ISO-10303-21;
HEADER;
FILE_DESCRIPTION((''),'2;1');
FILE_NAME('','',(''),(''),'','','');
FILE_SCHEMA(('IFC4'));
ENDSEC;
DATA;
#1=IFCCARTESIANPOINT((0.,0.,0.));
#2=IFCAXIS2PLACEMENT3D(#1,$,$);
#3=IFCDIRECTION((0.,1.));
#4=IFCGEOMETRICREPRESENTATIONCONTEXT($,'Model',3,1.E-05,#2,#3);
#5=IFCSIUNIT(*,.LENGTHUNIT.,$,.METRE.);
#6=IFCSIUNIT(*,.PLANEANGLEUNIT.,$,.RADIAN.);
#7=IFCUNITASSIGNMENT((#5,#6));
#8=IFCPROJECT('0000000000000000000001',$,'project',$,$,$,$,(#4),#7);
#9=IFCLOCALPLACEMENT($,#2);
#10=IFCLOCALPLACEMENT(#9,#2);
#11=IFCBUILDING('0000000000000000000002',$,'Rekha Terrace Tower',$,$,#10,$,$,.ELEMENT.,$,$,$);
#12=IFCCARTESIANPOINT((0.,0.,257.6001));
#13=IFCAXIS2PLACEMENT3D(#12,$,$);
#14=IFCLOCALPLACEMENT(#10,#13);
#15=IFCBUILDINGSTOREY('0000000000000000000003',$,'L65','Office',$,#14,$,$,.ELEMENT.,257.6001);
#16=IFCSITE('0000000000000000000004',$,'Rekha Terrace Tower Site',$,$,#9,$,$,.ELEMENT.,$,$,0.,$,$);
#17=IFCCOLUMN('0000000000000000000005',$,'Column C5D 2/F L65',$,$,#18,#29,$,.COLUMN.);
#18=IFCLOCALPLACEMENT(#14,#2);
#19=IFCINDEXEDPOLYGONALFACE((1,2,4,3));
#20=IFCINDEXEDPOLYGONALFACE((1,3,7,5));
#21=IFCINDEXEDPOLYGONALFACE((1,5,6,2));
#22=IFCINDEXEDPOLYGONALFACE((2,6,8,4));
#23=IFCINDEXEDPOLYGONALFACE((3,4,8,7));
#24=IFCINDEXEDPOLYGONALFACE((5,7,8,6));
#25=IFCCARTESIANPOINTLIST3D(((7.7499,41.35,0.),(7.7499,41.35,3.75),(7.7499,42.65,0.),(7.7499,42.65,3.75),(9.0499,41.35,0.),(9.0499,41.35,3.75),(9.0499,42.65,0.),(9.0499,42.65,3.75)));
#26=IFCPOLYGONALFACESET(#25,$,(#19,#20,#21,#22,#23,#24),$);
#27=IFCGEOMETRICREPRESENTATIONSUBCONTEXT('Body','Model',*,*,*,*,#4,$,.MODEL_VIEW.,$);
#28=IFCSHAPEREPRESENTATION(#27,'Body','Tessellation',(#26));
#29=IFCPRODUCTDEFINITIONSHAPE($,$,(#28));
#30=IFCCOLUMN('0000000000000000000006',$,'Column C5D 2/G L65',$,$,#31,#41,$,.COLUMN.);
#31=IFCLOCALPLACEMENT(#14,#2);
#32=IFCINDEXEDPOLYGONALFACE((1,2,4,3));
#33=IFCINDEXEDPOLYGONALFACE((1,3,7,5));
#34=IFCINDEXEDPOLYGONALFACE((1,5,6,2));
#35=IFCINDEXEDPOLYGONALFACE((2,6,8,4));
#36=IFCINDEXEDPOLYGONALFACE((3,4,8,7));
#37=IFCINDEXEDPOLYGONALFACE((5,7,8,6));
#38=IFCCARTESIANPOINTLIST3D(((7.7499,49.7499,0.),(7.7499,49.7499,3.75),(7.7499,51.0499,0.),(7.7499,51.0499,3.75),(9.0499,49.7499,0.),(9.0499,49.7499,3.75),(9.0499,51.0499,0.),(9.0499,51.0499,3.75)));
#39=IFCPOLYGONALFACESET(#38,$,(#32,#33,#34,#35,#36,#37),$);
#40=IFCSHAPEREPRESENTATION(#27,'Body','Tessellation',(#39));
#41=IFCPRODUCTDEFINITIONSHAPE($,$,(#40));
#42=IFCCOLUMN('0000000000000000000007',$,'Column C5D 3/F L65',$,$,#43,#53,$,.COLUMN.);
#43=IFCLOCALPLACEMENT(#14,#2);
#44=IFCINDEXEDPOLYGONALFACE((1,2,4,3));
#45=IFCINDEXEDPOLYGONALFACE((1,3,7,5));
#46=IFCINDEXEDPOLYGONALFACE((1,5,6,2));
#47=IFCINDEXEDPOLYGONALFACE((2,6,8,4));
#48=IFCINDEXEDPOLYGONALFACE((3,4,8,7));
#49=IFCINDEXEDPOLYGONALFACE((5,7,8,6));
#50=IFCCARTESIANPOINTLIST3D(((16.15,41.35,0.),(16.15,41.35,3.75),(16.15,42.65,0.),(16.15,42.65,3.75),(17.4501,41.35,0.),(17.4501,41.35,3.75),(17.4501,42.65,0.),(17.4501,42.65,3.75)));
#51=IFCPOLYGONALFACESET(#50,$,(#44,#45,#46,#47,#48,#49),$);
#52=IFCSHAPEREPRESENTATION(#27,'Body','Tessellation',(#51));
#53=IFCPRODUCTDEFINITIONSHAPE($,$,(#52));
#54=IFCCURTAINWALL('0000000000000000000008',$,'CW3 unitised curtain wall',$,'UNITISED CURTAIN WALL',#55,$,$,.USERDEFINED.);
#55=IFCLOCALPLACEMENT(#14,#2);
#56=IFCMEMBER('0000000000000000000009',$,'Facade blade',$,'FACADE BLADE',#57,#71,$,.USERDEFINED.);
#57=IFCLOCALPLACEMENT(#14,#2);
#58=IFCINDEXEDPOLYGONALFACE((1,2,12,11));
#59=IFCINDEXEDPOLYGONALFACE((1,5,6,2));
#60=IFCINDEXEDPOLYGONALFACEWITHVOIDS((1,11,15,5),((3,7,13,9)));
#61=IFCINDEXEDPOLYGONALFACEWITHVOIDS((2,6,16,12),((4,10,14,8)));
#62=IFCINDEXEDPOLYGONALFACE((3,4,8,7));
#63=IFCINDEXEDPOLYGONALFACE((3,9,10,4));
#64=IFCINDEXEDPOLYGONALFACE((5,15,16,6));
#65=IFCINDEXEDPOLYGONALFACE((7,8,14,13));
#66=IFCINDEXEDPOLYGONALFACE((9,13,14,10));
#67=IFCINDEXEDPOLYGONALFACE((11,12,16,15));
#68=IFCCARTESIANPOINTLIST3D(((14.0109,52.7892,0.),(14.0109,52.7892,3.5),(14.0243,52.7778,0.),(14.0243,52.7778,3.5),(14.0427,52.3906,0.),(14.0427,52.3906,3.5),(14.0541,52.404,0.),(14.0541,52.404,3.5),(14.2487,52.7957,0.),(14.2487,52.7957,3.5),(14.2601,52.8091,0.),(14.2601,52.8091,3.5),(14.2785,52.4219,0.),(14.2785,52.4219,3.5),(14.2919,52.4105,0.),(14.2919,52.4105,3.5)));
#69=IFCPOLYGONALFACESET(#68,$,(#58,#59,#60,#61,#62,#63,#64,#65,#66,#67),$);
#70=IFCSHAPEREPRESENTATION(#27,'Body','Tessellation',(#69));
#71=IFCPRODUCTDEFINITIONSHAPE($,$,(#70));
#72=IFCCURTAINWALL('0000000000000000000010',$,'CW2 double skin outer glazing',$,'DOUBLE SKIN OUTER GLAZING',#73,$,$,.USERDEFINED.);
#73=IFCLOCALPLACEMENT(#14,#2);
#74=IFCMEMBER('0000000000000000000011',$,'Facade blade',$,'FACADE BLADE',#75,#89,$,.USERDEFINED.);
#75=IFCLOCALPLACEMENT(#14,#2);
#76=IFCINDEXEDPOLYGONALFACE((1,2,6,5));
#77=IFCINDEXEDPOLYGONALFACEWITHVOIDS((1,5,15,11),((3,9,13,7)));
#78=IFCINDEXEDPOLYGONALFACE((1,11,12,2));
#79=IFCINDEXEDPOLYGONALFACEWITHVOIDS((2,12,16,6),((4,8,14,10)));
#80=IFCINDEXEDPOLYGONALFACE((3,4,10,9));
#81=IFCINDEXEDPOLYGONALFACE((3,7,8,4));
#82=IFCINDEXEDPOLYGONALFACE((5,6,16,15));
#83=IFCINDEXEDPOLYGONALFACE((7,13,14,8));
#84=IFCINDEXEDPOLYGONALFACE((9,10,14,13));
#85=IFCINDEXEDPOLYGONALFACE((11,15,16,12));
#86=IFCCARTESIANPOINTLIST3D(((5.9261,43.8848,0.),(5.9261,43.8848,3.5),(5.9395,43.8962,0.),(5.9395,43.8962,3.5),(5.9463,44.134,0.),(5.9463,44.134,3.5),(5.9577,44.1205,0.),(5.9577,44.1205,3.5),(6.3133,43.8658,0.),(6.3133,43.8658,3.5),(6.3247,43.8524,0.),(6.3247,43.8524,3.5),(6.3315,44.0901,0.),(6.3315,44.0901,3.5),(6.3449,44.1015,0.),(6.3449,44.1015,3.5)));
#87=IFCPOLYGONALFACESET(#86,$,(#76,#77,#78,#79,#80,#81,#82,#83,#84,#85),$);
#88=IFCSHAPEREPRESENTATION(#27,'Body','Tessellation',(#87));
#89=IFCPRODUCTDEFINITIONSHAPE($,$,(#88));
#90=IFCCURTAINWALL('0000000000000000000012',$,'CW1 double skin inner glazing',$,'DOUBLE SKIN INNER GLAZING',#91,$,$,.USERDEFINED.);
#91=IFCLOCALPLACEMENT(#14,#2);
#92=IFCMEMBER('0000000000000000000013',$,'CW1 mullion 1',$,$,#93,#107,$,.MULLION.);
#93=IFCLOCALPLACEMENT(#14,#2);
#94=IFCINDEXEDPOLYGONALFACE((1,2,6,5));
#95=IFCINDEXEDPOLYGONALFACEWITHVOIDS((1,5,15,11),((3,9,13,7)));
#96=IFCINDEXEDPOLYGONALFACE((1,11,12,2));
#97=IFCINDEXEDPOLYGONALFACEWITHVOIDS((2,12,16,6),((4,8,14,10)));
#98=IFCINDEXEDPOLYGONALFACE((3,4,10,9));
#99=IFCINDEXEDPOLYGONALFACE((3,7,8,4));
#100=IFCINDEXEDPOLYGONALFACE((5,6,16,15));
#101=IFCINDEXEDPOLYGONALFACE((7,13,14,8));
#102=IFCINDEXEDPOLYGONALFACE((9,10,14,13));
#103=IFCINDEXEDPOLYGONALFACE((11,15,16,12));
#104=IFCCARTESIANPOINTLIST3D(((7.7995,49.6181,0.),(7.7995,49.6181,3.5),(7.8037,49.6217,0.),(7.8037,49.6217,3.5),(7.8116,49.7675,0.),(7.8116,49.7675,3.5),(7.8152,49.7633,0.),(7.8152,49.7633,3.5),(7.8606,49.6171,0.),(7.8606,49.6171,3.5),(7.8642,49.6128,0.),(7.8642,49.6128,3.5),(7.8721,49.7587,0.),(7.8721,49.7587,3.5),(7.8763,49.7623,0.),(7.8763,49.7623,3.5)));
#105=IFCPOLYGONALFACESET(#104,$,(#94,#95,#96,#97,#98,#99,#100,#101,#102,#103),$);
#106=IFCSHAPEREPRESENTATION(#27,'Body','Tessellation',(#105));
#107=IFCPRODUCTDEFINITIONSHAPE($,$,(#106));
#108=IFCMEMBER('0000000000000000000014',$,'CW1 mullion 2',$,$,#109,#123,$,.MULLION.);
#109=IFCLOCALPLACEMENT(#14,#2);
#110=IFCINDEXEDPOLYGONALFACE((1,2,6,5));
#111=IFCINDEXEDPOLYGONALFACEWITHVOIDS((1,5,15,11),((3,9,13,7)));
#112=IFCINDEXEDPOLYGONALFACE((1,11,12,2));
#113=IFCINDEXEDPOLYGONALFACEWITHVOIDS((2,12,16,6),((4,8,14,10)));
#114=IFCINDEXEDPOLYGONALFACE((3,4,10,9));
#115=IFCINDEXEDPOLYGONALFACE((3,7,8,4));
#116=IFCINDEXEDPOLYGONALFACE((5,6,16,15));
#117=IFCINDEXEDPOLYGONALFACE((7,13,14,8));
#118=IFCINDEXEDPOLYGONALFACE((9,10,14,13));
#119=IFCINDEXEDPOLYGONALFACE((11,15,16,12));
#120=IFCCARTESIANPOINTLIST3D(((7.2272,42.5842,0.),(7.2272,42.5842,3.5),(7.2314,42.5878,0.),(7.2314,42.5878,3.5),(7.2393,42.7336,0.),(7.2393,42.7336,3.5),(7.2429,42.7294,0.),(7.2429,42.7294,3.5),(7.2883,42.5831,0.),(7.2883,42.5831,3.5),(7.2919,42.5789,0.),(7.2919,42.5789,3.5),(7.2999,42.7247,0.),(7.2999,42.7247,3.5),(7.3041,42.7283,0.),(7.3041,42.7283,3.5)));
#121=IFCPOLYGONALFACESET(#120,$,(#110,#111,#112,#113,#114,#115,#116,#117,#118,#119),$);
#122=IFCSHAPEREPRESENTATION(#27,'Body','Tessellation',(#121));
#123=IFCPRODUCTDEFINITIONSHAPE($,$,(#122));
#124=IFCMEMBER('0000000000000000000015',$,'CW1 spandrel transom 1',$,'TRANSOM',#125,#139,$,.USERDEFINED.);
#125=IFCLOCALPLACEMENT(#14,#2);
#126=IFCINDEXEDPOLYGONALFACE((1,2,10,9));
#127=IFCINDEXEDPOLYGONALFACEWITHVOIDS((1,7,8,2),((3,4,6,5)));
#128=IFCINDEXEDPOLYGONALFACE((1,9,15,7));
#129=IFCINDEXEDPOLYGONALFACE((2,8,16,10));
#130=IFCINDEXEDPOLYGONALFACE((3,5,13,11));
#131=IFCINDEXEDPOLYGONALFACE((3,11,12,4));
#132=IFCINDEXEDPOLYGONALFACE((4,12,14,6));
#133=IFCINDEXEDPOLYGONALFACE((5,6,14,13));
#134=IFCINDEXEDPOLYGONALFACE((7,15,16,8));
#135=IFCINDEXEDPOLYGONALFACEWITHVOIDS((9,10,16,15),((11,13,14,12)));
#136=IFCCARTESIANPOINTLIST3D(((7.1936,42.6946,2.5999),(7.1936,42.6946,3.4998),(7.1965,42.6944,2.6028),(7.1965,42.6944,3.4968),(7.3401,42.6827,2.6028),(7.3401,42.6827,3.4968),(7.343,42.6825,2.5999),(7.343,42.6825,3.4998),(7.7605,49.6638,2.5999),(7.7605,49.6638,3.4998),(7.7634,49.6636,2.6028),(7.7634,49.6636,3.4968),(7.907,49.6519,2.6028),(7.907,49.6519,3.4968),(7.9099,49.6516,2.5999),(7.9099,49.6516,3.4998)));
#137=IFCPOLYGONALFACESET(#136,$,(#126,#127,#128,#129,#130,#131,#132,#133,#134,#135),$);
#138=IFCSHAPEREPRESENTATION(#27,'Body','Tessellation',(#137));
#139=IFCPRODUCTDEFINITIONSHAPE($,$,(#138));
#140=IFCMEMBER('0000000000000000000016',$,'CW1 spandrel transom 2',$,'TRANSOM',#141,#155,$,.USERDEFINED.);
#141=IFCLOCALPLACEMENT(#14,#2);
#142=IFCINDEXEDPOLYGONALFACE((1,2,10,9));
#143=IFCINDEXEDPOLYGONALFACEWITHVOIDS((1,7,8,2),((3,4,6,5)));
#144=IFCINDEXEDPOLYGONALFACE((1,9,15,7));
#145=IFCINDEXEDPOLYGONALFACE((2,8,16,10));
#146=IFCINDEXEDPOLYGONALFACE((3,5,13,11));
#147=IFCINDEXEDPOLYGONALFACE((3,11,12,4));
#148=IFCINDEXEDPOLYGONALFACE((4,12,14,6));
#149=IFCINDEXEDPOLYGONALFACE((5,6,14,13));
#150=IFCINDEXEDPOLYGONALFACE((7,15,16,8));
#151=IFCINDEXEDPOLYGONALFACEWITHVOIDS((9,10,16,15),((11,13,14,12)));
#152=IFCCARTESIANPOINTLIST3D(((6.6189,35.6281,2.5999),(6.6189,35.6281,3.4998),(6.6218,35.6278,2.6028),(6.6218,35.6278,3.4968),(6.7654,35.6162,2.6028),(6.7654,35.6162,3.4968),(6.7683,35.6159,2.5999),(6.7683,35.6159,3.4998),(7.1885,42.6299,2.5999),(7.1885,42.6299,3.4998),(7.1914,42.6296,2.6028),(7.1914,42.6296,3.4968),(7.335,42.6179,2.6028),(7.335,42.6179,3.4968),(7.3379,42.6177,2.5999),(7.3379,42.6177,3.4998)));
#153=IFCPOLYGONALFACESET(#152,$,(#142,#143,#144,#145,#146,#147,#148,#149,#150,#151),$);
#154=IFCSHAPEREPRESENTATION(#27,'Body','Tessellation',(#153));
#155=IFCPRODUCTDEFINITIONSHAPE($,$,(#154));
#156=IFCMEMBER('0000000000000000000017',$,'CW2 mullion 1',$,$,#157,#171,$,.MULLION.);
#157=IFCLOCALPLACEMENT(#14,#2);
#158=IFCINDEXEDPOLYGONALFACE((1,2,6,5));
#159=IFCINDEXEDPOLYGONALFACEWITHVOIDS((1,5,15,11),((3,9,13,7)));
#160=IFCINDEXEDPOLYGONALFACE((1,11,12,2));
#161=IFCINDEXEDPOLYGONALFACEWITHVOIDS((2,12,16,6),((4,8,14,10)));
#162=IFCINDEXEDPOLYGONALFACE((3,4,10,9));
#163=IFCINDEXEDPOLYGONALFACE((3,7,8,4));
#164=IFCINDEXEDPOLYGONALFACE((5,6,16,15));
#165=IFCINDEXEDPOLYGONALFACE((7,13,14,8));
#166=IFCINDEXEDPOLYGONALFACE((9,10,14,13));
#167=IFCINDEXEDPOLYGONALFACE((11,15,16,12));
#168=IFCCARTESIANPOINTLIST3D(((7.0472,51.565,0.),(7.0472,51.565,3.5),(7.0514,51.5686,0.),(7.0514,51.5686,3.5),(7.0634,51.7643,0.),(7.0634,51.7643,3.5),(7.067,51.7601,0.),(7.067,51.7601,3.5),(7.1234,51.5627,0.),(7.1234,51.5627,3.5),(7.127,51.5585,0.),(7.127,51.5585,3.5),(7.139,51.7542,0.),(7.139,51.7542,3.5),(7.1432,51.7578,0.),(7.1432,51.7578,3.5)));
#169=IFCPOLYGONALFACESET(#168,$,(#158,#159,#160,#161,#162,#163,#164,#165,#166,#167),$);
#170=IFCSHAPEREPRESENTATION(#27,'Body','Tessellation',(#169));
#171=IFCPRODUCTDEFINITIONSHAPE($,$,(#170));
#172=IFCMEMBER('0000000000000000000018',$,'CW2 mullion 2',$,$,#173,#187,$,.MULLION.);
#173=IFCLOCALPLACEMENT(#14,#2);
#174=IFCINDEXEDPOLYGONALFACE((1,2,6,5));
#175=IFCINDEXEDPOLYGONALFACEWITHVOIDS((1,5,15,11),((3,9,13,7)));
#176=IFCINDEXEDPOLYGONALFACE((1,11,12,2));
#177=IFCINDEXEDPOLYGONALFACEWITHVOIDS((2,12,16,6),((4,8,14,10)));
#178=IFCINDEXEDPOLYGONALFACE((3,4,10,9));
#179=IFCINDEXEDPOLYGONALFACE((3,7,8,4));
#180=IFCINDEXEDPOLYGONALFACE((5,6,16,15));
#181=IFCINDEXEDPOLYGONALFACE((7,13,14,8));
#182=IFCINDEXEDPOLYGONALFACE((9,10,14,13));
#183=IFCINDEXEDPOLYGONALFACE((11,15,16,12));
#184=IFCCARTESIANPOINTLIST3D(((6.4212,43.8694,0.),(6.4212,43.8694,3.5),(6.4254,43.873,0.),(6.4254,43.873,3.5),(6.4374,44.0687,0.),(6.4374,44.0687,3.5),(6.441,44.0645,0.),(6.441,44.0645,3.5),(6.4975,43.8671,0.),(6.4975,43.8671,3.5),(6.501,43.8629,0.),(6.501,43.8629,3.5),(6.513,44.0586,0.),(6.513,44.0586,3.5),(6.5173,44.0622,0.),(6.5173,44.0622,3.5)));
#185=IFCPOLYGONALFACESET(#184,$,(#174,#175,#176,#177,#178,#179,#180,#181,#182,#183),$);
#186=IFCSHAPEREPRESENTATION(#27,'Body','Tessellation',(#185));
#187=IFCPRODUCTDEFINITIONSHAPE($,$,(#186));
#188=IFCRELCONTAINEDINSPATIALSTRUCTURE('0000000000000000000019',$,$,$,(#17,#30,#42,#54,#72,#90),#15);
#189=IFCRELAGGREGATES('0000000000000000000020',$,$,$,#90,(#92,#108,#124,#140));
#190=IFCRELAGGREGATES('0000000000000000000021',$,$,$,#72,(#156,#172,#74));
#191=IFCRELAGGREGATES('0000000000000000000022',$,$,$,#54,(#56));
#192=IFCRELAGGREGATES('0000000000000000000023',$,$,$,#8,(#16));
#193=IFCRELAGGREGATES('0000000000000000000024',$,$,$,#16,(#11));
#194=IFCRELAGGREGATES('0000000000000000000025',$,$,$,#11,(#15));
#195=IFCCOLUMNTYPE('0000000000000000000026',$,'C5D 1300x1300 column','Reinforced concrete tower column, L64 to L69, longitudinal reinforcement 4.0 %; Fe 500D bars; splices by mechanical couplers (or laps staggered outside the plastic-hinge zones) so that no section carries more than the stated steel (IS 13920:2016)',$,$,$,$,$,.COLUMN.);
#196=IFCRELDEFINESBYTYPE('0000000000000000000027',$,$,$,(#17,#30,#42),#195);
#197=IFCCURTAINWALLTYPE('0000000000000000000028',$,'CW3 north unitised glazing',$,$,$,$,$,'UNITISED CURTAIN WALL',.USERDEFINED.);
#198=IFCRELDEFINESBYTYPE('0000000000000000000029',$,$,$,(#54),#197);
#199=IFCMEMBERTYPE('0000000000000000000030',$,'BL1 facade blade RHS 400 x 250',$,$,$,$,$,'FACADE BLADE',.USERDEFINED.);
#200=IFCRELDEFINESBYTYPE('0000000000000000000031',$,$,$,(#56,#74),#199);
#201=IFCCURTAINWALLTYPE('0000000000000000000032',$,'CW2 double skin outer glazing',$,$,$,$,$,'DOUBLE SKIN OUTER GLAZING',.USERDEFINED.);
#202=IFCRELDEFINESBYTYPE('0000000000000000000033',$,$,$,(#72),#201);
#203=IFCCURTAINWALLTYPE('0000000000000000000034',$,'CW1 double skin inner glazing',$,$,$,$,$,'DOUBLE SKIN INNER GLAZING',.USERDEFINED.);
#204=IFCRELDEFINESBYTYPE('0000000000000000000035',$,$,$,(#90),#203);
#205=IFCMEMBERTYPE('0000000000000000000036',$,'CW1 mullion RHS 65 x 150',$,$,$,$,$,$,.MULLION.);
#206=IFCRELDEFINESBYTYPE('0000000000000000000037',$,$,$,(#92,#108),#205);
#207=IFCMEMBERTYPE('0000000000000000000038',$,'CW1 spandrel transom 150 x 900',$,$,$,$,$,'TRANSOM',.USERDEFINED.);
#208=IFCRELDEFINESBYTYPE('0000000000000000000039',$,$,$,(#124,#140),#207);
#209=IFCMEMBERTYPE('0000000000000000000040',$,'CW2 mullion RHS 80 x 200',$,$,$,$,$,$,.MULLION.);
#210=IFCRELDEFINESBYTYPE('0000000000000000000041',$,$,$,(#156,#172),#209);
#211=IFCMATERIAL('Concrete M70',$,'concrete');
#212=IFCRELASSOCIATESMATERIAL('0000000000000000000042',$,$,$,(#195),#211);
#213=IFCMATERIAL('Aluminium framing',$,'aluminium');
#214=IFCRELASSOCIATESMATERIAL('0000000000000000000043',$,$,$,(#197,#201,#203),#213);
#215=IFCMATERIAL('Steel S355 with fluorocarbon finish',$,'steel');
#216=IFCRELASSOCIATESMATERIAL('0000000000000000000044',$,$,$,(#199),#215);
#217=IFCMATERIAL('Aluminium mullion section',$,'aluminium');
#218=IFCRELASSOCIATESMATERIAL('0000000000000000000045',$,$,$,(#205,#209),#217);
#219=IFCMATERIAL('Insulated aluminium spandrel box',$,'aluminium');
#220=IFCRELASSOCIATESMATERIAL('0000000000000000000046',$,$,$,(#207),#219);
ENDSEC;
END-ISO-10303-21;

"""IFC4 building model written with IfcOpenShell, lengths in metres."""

from ifc_helpers import new_model, si_unit, direction, frame, origin, origin_2d, place, context, subcontext, project, spatial, rectangle, hollow_rectangle, extrude, material, material_profile, profile_set, type_object, element, aggregate, save


model = new_model("IFC4")

# Units and contexts
model_context = context("Model", 3, precision=1e-05, world=origin(), true_north=direction((0.0, 1.0)))
body_context = subcontext(model_context, "Body", "Model", "MODEL_VIEW")
ifc_project = project(units=[si_unit("LENGTHUNIT", "METRE"), si_unit("PLANEANGLEUNIT", "RADIAN")], contexts=[model_context])

# Site, building, storey
site_placement = place(None, origin())
site = spatial("IfcSite", under=ifc_project, at=site_placement, Name="Rekha Terrace Tower Site", CompositionType="ELEMENT", RefElevation=0.0)
building_placement = place(site_placement, origin())
building = spatial("IfcBuilding", under=site, at=building_placement, Name="Rekha Terrace Tower", CompositionType="ELEMENT")
storey_placement = place(building_placement, frame((0.0, 0.0, 257.6001)))
storey = spatial("IfcBuildingStorey", under=building, at=storey_placement, Name="L65", Description="Office", CompositionType="ELEMENT", Elevation=257.6001)

# Columns
ifc_material_1 = material(Name="Concrete M70", Category="concrete")
ifc_material_profile_1 = material_profile(ifc_material_1, rectangle(XDim=1.3, YDim=1.3, at=origin_2d()), Name="RC 1300x1300")
ifc_profile_set_1 = profile_set([ifc_material_profile_1], Name="Concrete M70")
column_type = type_object("IfcColumnType", Name="C5D 1300x1300 column", Description="Reinforced concrete tower column, L64 to L69, longitudinal reinforcement 4.0 %; Fe 500D bars; splices by mechanical couplers (or laps staggered outside the plastic-hinge zones) so that no section carries more than the stated steel (IS 13920:2016)", PredefinedType="COLUMN", material=ifc_profile_set_1)
for number, where, z_axis, x_axis, name in (
    (1, (8.3999, 42.0, 0.0), (0.0, 0.0, 1.0), (1.0, 0.0, 0.0), "Column C5D 2/F L65"),
    (2, (8.3999, 50.3999, 0.0), (0.0, 0.0, 1.0), (1.0, 0.0, 0.0), "Column C5D 2/G L65"),
    (3, (16.8, 42.0, 0.0), (0.0, 0.0, 1.0), (1.0, 0.0, 0.0), "Column C5D 3/F L65"),
):
    element("IfcColumn", number, at=place(storey_placement, frame(where, z_axis=z_axis, x_axis=x_axis)), inside=storey, type_object=column_type, Name=name, PredefinedType="COLUMN", context=body_context, shape_type="SweptSolid", body=[
        extrude(rectangle(XDim=1.3, YDim=1.3, at=origin_2d()), origin(), (0.0, 0.0, 1.0), 3.75),
    ])

# Curtain walls, members
ifc_material_2 = material(Name="Aluminium framing", Category="aluminium")
curtain_wall_type_1 = type_object("IfcCurtainWallType", Name="CW3 north unitised glazing", ElementType="UNITISED CURTAIN WALL", PredefinedType="USERDEFINED", material=ifc_material_2)
curtain_wall_1_placement = place(storey_placement, origin())
curtain_wall_1 = element("IfcCurtainWall", 4, at=curtain_wall_1_placement, inside=storey, type_object=curtain_wall_type_1, Name="CW3 unitised curtain wall", ObjectType="UNITISED CURTAIN WALL", PredefinedType="USERDEFINED")
ifc_material_3 = material(Name="Steel S355 with fluorocarbon finish", Category="steel")
ifc_material_profile_2 = material_profile(ifc_material_3, hollow_rectangle(XDim=0.25, YDim=0.3999, WallThickness=0.0125, at=origin_2d()), Name="RHS400x250x12.5")
ifc_profile_set_2 = profile_set([ifc_material_profile_2], Name="Steel S355 with fluorocarbon finish")
member_type_1 = type_object("IfcMemberType", Name="BL1 facade blade RHS 400 x 250", ElementType="FACADE BLADE", PredefinedType="USERDEFINED", material=ifc_profile_set_2)
member_1_placement = place(storey_placement, frame((14.1514, 52.5999, 0.0), z_axis=(0.0, 0.0, 1.0), x_axis=(-0.996836, -0.079486, 0.0)))
member_1 = element("IfcMember", 5, at=member_1_placement, type_object=member_type_1, Name="Facade blade", ObjectType="FACADE BLADE", PredefinedType="USERDEFINED", context=body_context, shape_type="SweptSolid", body=[
    extrude(hollow_rectangle(XDim=0.25, YDim=0.3999, WallThickness=0.0125, at=origin_2d()), origin(), (0.0, 0.0, 1.0), 3.5),
])
curtain_wall_type_2 = type_object("IfcCurtainWallType", Name="CW2 double skin outer glazing", ElementType="DOUBLE SKIN OUTER GLAZING", PredefinedType="USERDEFINED", material=ifc_material_2)
curtain_wall_2_placement = place(storey_placement, origin())
curtain_wall_2 = element("IfcCurtainWall", 6, at=curtain_wall_2_placement, inside=storey, type_object=curtain_wall_type_2, Name="CW2 double skin outer glazing", ObjectType="DOUBLE SKIN OUTER GLAZING", PredefinedType="USERDEFINED")
member_2_placement = place(storey_placement, frame((6.1355, 43.9932, 0.0), z_axis=(0.0, 0.0, 1.0), x_axis=(-0.081069, -0.996709, 0.0)))
member_2 = element("IfcMember", 7, at=member_2_placement, type_object=member_type_1, Name="Facade blade", ObjectType="FACADE BLADE", PredefinedType="USERDEFINED", context=body_context, shape_type="SweptSolid", body=[
    extrude(hollow_rectangle(XDim=0.25, YDim=0.3999, WallThickness=0.0125, at=origin_2d()), origin(), (0.0, 0.0, 1.0), 3.5),
])

# Curtain wall, members
curtain_wall_type_3 = type_object("IfcCurtainWallType", Name="CW1 double skin inner glazing", ElementType="DOUBLE SKIN INNER GLAZING", PredefinedType="USERDEFINED", material=ifc_material_2)
curtain_wall_3_placement = place(storey_placement, origin())
curtain_wall_3 = element("IfcCurtainWall", 8, at=curtain_wall_3_placement, inside=storey, type_object=curtain_wall_type_3, Name="CW1 double skin inner glazing", ObjectType="DOUBLE SKIN INNER GLAZING", PredefinedType="USERDEFINED")
ifc_material_4 = material(Name="Aluminium mullion section", Category="aluminium")
ifc_material_profile_3 = material_profile(ifc_material_4, hollow_rectangle(XDim=0.0649, YDim=0.1499, WallThickness=0.0039, at=origin_2d()), Name="AL RHS 65x150")
ifc_profile_set_3 = profile_set([ifc_material_profile_3], Name="Aluminium mullion section")
member_type_2 = type_object("IfcMemberType", Name="CW1 mullion RHS 65 x 150", PredefinedType="MULLION", material=ifc_profile_set_3)
member_3_placement = place(storey_placement, frame((7.8379, 49.6902, 0.0), z_axis=(0.0, 0.0, 1.0), x_axis=(0.996709, -0.081068, 0.0)))
member_3 = element("IfcMember", 9, at=member_3_placement, type_object=member_type_2, Name="CW1 mullion 1", PredefinedType="MULLION", context=body_context, shape_type="SweptSolid", body=[
    extrude(hollow_rectangle(XDim=0.0649, YDim=0.1499, WallThickness=0.0039, at=origin_2d()), origin(), (0.0, 0.0, 1.0), 3.5),
])
member_4_placement = place(storey_placement, frame((7.2656, 42.6562, 0.0), z_axis=(0.0, 0.0, 1.0), x_axis=(0.996709, -0.081068, 0.0)))
member_4 = element("IfcMember", 10, at=member_4_placement, type_object=member_type_2, Name="CW1 mullion 2", PredefinedType="MULLION", context=body_context, shape_type="SweptSolid", body=[
    extrude(hollow_rectangle(XDim=0.0649, YDim=0.1499, WallThickness=0.0039, at=origin_2d()), origin(), (0.0, 0.0, 1.0), 3.5),
])
ifc_material_5 = material(Name="Insulated aluminium spandrel box", Category="aluminium")
ifc_material_profile_4 = material_profile(ifc_material_5, hollow_rectangle(XDim=0.1499, YDim=0.8999, WallThickness=0.0029, at=origin_2d()), Name="AL SPANDREL BOX 150x900")
ifc_profile_set_4 = profile_set([ifc_material_profile_4], Name="Insulated aluminium spandrel box")
member_type_3 = type_object("IfcMemberType", Name="CW1 spandrel transom 150 x 900", ElementType="TRANSOM", PredefinedType="USERDEFINED", material=ifc_profile_set_4)
member_5_placement = place(storey_placement, frame((7.8352, 49.6577, 3.0498), z_axis=(-0.081075, -0.996708, 0.0), x_axis=(0.996708, -0.081075, 0.0)))
member_5 = element("IfcMember", 11, at=member_5_placement, type_object=member_type_3, Name="CW1 spandrel transom 1", ObjectType="TRANSOM", PredefinedType="USERDEFINED", context=body_context, shape_type="SweptSolid", body=[
    extrude(hollow_rectangle(XDim=0.1499, YDim=0.8999, WallThickness=0.0029, at=origin_2d()), origin(), (0.0, 0.0, 1.0), 6.9922),
])
member_6_placement = place(storey_placement, frame((7.2632, 42.6238, 3.0498), z_axis=(-0.081081, -0.996708, 0.0), x_axis=(0.996708, -0.081081, 0.0)))
member_6 = element("IfcMember", 12, at=member_6_placement, type_object=member_type_3, Name="CW1 spandrel transom 2", ObjectType="TRANSOM", PredefinedType="USERDEFINED", context=body_context, shape_type="SweptSolid", body=[
    extrude(hollow_rectangle(XDim=0.1499, YDim=0.8999, WallThickness=0.0029, at=origin_2d()), origin(), (0.0, 0.0, 1.0), 7.0249),
])

# Members
ifc_material_profile_5 = material_profile(ifc_material_4, hollow_rectangle(XDim=0.0801, YDim=0.2, WallThickness=0.0039, at=origin_2d()), Name="AL RHS 80x200")
ifc_profile_set_5 = profile_set([ifc_material_profile_5], Name="Aluminium mullion section")
member_type_4 = type_object("IfcMemberType", Name="CW2 mullion RHS 80 x 200", PredefinedType="MULLION", material=ifc_profile_set_5)
member_7_placement = place(storey_placement, frame((7.0952, 51.6614, 0.0), z_axis=(0.0, 0.0, 1.0), x_axis=(0.996709, -0.081068, 0.0)))
member_7 = element("IfcMember", 13, at=member_7_placement, type_object=member_type_4, Name="CW2 mullion 1", PredefinedType="MULLION", context=body_context, shape_type="SweptSolid", body=[
    extrude(hollow_rectangle(XDim=0.0801, YDim=0.2, WallThickness=0.0039, at=origin_2d()), origin(), (0.0, 0.0, 1.0), 3.5),
])
member_8_placement = place(storey_placement, frame((6.4692, 43.9658, 0.0), z_axis=(0.0, 0.0, 1.0), x_axis=(0.996709, -0.081068, 0.0)))
member_8 = element("IfcMember", 14, at=member_8_placement, type_object=member_type_4, Name="CW2 mullion 2", PredefinedType="MULLION", context=body_context, shape_type="SweptSolid", body=[
    extrude(hollow_rectangle(XDim=0.0801, YDim=0.2, WallThickness=0.0039, at=origin_2d()), origin(), (0.0, 0.0, 1.0), 3.5),
])

aggregate(curtain_wall_3, [member_3, member_4, member_5, member_6])
aggregate(curtain_wall_2, [member_7, member_8, member_2])
aggregate(curtain_wall_1, [member_1])

save(model, "model.ifc")
